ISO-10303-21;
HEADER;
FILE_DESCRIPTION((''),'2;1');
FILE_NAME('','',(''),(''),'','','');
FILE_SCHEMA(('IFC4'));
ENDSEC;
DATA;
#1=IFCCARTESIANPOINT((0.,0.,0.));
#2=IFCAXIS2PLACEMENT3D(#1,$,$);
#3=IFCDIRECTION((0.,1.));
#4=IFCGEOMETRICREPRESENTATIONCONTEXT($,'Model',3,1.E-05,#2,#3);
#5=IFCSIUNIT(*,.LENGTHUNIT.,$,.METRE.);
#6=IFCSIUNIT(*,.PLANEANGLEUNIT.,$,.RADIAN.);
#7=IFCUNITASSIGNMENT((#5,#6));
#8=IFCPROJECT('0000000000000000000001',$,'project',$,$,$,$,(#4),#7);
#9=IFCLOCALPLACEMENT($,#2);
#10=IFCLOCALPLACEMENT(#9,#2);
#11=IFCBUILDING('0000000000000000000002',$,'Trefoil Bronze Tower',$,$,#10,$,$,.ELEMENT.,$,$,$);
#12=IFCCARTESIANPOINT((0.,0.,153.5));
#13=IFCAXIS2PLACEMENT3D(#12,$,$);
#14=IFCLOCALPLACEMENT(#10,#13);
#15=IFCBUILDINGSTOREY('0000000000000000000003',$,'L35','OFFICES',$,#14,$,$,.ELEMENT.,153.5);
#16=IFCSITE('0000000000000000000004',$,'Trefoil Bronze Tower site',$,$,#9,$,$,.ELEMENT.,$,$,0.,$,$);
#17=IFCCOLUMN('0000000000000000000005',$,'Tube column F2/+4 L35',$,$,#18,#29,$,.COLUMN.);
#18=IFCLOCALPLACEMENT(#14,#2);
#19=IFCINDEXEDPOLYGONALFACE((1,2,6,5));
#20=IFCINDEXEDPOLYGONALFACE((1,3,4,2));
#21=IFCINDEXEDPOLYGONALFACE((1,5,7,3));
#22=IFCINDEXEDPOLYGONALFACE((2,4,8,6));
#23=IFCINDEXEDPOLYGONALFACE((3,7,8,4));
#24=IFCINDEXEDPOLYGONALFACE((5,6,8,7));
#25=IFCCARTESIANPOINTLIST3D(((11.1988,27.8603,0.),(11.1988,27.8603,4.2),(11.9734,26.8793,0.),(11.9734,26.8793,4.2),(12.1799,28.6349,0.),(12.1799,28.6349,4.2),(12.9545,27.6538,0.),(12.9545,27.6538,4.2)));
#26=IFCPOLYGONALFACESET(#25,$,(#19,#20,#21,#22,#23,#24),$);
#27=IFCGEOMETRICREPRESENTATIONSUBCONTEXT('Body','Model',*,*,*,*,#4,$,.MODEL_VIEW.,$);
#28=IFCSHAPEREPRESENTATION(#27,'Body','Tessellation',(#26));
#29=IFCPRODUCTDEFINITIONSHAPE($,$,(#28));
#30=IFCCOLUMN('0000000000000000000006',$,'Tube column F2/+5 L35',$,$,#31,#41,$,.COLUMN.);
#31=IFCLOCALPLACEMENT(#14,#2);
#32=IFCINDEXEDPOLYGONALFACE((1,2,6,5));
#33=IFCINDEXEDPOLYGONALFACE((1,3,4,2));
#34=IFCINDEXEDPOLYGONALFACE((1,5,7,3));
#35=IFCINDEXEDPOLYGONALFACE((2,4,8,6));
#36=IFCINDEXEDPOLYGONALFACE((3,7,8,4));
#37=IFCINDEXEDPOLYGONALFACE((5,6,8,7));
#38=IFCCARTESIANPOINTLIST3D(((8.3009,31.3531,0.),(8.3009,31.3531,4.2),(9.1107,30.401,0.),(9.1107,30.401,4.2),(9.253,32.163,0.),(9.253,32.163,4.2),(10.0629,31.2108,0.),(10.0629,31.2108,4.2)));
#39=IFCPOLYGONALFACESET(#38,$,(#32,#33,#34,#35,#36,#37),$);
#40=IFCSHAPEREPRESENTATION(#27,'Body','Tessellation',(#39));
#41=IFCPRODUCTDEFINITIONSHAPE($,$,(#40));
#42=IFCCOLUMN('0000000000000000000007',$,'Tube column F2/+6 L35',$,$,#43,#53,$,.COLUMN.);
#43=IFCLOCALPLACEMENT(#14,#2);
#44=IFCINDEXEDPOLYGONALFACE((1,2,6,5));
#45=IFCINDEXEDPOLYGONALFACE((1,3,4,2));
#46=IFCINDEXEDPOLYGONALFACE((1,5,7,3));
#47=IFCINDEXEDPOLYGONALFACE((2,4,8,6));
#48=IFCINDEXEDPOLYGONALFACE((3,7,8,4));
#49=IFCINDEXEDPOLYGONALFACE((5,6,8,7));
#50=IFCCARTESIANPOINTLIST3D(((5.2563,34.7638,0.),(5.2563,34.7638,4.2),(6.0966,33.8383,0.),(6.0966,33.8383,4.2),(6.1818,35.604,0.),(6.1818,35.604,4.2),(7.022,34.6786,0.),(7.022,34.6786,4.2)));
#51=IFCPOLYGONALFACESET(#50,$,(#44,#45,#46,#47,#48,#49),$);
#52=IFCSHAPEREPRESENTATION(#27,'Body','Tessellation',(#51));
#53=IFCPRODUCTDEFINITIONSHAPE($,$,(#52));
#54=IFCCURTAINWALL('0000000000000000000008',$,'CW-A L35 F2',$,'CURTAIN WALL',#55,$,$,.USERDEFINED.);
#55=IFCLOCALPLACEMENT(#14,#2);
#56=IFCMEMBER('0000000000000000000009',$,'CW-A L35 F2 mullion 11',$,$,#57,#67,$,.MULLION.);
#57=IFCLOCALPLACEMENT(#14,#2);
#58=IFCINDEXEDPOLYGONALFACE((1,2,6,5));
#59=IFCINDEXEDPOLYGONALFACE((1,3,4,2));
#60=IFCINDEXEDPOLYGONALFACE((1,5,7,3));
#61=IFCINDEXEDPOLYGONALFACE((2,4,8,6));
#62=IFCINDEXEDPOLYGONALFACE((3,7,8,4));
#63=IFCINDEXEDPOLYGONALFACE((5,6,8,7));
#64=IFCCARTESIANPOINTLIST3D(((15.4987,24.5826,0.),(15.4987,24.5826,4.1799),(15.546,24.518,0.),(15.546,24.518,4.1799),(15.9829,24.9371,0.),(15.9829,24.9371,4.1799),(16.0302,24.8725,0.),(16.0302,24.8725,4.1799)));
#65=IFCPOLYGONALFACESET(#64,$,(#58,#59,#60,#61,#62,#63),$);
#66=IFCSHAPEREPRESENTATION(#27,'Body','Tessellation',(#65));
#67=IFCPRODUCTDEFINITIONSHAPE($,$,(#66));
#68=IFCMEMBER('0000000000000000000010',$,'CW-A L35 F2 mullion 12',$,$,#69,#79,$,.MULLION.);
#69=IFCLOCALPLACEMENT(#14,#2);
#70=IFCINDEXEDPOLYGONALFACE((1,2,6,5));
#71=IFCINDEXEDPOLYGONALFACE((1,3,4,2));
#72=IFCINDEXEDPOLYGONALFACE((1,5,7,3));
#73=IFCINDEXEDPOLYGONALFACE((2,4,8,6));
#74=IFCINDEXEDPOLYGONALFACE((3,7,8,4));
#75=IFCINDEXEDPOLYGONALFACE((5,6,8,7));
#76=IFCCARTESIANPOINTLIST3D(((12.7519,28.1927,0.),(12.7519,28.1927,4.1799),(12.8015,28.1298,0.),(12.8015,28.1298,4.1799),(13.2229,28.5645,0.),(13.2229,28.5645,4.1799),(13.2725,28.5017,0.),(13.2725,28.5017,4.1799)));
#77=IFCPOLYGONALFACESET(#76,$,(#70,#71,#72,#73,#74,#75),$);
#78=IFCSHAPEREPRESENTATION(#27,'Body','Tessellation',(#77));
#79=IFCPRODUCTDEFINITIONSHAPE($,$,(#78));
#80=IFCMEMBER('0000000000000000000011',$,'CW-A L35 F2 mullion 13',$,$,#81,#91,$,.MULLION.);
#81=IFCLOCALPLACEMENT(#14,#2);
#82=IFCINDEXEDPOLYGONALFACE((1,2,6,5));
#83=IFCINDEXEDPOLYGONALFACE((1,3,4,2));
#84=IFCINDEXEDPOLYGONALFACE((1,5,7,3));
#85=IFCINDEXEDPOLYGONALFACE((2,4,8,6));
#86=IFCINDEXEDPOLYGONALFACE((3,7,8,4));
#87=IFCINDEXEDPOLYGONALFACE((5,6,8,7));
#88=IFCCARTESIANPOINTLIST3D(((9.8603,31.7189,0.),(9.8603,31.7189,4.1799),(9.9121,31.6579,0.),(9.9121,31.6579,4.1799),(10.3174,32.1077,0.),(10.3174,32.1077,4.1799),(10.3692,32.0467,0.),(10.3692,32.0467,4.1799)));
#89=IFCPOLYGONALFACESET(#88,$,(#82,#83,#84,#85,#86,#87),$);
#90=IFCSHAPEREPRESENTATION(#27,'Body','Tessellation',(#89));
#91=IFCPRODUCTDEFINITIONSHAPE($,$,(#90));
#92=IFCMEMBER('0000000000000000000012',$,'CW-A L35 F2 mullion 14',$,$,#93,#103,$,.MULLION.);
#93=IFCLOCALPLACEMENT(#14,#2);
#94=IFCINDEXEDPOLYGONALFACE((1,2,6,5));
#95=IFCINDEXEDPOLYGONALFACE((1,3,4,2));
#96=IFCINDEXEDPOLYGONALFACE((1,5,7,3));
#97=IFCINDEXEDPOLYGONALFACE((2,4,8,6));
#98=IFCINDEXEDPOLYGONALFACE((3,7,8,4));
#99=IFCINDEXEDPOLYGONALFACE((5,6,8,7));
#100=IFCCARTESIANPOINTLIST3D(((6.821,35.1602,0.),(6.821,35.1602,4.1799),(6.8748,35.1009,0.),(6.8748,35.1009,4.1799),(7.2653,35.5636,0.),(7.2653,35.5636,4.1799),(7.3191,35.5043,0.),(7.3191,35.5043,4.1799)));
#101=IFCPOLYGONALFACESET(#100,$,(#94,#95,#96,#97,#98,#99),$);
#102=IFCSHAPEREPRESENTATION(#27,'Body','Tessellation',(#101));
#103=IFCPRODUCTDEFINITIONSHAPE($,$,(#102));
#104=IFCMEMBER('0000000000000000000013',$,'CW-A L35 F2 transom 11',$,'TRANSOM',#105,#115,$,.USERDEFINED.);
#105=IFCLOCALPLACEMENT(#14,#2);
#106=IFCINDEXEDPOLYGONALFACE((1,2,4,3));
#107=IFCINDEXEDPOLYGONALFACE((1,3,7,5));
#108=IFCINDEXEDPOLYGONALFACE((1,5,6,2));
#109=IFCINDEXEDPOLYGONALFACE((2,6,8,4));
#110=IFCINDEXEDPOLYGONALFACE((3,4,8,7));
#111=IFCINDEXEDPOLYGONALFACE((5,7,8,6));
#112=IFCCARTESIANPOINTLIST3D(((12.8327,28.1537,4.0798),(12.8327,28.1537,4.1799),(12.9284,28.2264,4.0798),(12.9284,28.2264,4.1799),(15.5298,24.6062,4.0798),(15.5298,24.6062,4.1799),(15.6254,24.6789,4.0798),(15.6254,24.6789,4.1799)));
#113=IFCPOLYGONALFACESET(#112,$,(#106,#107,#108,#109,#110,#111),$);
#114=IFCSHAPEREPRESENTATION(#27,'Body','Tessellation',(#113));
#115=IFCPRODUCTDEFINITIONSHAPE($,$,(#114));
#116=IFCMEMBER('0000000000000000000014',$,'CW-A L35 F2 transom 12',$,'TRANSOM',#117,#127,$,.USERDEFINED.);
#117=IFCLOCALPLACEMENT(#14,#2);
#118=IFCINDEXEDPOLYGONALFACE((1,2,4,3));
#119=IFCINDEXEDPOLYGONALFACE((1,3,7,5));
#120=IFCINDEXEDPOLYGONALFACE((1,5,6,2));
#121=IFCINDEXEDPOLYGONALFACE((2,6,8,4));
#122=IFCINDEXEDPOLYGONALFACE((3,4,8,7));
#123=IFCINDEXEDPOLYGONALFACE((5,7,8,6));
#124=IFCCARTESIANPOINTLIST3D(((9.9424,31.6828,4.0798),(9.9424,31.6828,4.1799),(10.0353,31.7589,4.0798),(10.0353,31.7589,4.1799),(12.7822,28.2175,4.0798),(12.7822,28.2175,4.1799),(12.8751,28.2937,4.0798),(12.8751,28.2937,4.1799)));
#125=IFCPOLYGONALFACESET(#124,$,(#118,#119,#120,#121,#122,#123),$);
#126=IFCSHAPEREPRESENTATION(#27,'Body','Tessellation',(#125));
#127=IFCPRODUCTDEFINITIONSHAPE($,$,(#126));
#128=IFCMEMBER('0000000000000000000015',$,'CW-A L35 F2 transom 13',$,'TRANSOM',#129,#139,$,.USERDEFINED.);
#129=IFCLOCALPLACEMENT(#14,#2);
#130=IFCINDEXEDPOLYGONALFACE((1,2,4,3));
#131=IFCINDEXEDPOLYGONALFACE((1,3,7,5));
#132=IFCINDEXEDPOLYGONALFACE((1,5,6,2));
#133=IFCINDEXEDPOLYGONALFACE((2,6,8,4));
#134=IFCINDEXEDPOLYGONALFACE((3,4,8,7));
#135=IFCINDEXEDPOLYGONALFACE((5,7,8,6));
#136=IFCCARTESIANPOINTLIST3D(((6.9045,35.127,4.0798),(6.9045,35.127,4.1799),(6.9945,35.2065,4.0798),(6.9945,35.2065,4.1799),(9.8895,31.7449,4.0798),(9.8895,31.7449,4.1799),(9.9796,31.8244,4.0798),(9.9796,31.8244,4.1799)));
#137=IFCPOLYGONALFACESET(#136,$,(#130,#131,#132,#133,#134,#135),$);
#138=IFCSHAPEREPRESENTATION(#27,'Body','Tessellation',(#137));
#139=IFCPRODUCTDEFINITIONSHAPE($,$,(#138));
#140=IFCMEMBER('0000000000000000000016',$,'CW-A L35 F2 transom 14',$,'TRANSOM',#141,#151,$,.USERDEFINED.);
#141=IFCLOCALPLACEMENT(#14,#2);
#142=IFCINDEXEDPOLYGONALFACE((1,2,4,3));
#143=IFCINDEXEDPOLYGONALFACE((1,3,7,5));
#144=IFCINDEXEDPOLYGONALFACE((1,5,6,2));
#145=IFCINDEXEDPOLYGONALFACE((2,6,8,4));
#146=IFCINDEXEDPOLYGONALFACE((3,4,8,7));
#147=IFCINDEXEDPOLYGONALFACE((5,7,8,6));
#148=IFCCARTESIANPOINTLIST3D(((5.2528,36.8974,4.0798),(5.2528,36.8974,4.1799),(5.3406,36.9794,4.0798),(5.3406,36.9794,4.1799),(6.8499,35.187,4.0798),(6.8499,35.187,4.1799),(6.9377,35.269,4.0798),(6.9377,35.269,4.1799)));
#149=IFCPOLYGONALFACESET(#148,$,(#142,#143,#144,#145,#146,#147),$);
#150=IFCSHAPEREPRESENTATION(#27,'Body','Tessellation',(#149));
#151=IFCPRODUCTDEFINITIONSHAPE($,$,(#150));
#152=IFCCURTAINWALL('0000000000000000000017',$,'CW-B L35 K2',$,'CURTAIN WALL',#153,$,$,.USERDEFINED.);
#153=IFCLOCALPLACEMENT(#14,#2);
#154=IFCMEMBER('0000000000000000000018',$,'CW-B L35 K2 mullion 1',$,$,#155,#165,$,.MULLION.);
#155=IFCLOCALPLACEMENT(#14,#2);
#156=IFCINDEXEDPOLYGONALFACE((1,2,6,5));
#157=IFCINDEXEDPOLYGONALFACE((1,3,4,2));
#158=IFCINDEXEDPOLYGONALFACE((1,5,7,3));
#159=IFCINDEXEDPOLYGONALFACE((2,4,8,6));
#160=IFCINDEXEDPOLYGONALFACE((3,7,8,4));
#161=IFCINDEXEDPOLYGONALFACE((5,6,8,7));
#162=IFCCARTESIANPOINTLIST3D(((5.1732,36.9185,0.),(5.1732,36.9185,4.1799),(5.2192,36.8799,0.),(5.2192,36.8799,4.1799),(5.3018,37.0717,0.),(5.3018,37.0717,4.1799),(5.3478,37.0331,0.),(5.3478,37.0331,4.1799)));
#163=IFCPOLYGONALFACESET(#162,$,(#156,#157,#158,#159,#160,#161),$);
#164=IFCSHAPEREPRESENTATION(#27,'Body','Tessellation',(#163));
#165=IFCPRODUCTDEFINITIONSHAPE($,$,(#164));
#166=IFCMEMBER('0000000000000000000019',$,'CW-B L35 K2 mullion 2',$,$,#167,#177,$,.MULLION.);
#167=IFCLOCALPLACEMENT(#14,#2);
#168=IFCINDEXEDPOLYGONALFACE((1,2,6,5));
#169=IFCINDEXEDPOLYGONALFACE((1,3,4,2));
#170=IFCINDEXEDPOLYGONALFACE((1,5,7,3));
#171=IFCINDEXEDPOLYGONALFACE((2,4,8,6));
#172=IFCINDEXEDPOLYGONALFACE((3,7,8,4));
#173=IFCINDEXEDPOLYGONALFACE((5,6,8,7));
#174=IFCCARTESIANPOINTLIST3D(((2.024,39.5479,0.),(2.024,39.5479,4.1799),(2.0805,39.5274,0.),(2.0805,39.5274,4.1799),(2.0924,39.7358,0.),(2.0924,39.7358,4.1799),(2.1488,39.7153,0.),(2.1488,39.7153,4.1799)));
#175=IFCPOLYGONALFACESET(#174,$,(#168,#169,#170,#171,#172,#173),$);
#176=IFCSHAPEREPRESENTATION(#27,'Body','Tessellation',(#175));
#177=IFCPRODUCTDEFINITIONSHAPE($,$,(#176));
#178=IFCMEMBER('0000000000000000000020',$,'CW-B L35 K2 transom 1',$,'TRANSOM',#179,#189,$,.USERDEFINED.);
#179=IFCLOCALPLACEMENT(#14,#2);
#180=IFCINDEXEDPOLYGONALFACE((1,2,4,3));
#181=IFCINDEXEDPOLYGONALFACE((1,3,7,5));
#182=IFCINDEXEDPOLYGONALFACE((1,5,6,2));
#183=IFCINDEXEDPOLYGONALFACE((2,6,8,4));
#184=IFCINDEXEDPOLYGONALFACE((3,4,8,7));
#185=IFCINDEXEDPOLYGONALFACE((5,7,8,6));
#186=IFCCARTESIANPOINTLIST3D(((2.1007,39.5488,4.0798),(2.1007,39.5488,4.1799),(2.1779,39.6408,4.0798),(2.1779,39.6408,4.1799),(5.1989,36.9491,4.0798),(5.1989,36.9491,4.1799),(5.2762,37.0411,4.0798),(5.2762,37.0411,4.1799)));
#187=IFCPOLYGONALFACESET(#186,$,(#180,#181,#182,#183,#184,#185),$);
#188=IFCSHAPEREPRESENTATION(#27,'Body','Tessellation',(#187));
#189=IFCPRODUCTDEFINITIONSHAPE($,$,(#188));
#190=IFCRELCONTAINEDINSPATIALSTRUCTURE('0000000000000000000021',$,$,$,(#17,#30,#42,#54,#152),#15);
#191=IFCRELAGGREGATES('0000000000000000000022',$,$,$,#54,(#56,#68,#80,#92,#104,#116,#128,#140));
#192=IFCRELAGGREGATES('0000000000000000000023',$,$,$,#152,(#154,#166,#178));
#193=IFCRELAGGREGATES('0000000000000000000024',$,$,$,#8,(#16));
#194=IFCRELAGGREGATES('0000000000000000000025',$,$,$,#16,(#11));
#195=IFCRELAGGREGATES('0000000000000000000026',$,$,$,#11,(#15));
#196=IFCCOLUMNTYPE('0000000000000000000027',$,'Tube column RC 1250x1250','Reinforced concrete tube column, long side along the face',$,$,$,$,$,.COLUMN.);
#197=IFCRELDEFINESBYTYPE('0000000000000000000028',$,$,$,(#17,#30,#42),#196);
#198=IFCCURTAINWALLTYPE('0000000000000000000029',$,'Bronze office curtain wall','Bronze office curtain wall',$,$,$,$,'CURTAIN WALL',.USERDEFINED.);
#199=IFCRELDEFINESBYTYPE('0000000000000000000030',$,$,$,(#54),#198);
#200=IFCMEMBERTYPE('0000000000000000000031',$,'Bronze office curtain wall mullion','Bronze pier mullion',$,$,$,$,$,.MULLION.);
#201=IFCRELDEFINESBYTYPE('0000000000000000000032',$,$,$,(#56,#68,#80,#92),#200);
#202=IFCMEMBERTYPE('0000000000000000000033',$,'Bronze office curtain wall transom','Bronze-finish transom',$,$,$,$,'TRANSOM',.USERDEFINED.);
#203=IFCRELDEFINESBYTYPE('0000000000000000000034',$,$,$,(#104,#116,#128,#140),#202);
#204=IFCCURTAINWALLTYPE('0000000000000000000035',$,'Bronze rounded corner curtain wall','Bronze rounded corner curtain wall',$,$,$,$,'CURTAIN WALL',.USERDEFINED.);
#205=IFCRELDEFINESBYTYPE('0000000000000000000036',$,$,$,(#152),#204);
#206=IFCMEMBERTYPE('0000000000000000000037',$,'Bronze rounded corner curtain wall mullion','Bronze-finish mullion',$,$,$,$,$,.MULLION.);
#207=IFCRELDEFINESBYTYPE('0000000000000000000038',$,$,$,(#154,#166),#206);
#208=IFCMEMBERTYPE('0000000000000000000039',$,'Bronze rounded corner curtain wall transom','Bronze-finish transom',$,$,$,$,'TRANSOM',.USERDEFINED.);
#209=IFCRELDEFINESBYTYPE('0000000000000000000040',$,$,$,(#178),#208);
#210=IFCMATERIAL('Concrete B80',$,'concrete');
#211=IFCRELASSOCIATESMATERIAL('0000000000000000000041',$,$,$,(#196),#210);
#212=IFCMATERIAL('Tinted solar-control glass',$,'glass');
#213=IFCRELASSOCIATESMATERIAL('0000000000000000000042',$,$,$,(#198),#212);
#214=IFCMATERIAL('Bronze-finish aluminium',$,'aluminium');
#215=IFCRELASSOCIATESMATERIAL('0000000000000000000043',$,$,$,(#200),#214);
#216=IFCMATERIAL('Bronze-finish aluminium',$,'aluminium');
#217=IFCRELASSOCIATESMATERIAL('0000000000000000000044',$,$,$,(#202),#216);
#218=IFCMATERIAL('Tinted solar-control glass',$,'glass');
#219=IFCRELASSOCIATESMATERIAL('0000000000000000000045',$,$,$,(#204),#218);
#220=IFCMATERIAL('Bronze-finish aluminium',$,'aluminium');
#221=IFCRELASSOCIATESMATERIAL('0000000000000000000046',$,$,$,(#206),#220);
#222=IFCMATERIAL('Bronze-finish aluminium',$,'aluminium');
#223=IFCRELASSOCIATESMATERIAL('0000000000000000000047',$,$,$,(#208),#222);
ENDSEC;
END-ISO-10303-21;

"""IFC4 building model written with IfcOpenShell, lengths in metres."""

from ifc_helpers import new_model, si_unit, direction, frame, origin, origin_2d, place, context, subcontext, project, spatial, rectangle, extrude, material, material_profile, profile_set, type_object, element, aggregate, save


model = new_model("IFC4")

# Units and contexts
model_context = context("Model", 3, precision=1e-05, world=origin(), true_north=direction((0.0, 1.0)))
body_context = subcontext(model_context, "Body", "Model", "MODEL_VIEW")
ifc_project = project(units=[si_unit("LENGTHUNIT", "METRE"), si_unit("PLANEANGLEUNIT", "RADIAN")], contexts=[model_context])

# Site, building, storey
site_placement = place(None, origin())
site = spatial("IfcSite", under=ifc_project, at=site_placement, Name="Trefoil Bronze Tower site", CompositionType="ELEMENT", RefElevation=0.0)
building_placement = place(site_placement, origin())
building = spatial("IfcBuilding", under=site, at=building_placement, Name="Trefoil Bronze Tower", CompositionType="ELEMENT")
storey_placement = place(building_placement, frame((0.0, 0.0, 153.5)))
storey = spatial("IfcBuildingStorey", under=building, at=storey_placement, Name="L35", Description="OFFICES", CompositionType="ELEMENT", Elevation=153.5)

# Columns
ifc_material_1 = material(Name="Concrete B80", Category="concrete")
ifc_material_profile_1 = material_profile(ifc_material_1, rectangle(XDim=1.25, YDim=1.25, at=origin_2d()), Name="RC 1250x1250")
ifc_profile_set_1 = profile_set([ifc_material_profile_1], Name="Concrete B80")
column_type = type_object("IfcColumnType", Name="Tube column RC 1250x1250", Description="Reinforced concrete tube column, long side along the face", PredefinedType="COLUMN", material=ifc_profile_set_1)
for number, where, z_axis, x_axis, name in (
    (1, (12.0767, 27.7571, 0.0), (0.0, 0.0, 1.0), (-0.619649, 0.784879, 0.0), "Tube column F2/+4 L35"),
    (2, (9.1819, 31.282, 0.0), (0.0, 0.0, 1.0), (-0.647904, 0.761722, 0.0), "Tube column F2/+5 L35"),
    (3, (6.1392, 34.7212, 0.0), (0.0, 0.0, 1.0), (-0.67221, 0.740361, 0.0), "Tube column F2/+6 L35"),
):
    element("IfcColumn", number, at=place(storey_placement, frame(where, z_axis=z_axis, x_axis=x_axis)), inside=storey, type_object=column_type, Name=name, PredefinedType="COLUMN", context=body_context, shape_type="SweptSolid", body=[
        extrude(rectangle(XDim=1.25, YDim=1.25, at=origin_2d()), origin(), (0.0, 0.0, 1.0), 4.2),
    ])

# Curtain walls, members
ifc_material_2 = material(Name="Tinted solar-control glass", Category="glass")
curtain_wall_type_1 = type_object("IfcCurtainWallType", Name="Bronze office curtain wall", Description="Bronze office curtain wall", ElementType="CURTAIN WALL", PredefinedType="USERDEFINED", material=ifc_material_2)
curtain_wall_1_placement = place(storey_placement, origin())
curtain_wall_1 = element("IfcCurtainWall", 4, at=curtain_wall_1_placement, inside=storey, type_object=curtain_wall_type_1, Name="CW-A L35 F2", ObjectType="CURTAIN WALL", PredefinedType="USERDEFINED")
ifc_material_3 = material(Name="Bronze-finish aluminium", Category="aluminium")
ifc_material_profile_2 = material_profile(ifc_material_3, rectangle(XDim=0.6001, YDim=0.0801, at=origin_2d()), Name="CW-A mullion")
ifc_profile_set_2 = profile_set([ifc_material_profile_2], Name="Bronze-finish aluminium")
member_type_1 = type_object("IfcMemberType", Name="Bronze office curtain wall mullion", Description="Bronze pier mullion", PredefinedType="MULLION", material=ifc_profile_set_2)
member_1_placement = place(storey_placement, frame((15.7644, 24.7275, 0.0), z_axis=(0.0, 0.0, 1.0), x_axis=(-0.806875, -0.590723, 0.0)))
member_1 = element("IfcMember", 5, at=member_1_placement, type_object=member_type_1, Name="CW-A L35 F2 mullion 11", PredefinedType="MULLION", context=body_context, shape_type="SweptSolid", body=[
    extrude(rectangle(XDim=0.6001, YDim=0.0801, at=origin_2d()), origin(), (0.0, 0.0, 1.0), 4.1799),
])
member_2_placement = place(storey_placement, frame((13.0122, 28.3472, 0.0), z_axis=(0.0, 0.0, 1.0), x_axis=(-0.784879, -0.619649, 0.0)))
member_2 = element("IfcMember", 6, at=member_2_placement, type_object=member_type_1, Name="CW-A L35 F2 mullion 12", PredefinedType="MULLION", context=body_context, shape_type="SweptSolid", body=[
    extrude(rectangle(XDim=0.6001, YDim=0.0801, at=origin_2d()), origin(), (0.0, 0.0, 1.0), 4.1799),
])
member_3_placement = place(storey_placement, frame((10.1147, 31.8828, 0.0), z_axis=(0.0, 0.0, 1.0), x_axis=(-0.761722, -0.647904, 0.0)))
member_3 = element("IfcMember", 7, at=member_3_placement, type_object=member_type_1, Name="CW-A L35 F2 mullion 13", PredefinedType="MULLION", context=body_context, shape_type="SweptSolid", body=[
    extrude(rectangle(XDim=0.6001, YDim=0.0801, at=origin_2d()), origin(), (0.0, 0.0, 1.0), 4.1799),
])
member_4_placement = place(storey_placement, frame((7.0701, 35.3323, 0.0), z_axis=(0.0, 0.0, 1.0), x_axis=(-0.740361, -0.67221, 0.0)))
member_4 = element("IfcMember", 8, at=member_4_placement, type_object=member_type_1, Name="CW-A L35 F2 mullion 14", PredefinedType="MULLION", context=body_context, shape_type="SweptSolid", body=[
    extrude(rectangle(XDim=0.6001, YDim=0.0801, at=origin_2d()), origin(), (0.0, 0.0, 1.0), 4.1799),
])
ifc_material_4 = material(Name="Bronze-finish aluminium", Category="aluminium")
ifc_material_profile_3 = material_profile(ifc_material_4, rectangle(XDim=0.1201, YDim=0.1001, at=origin_2d()), Name="CW-A transom")
ifc_profile_set_3 = profile_set([ifc_material_profile_3], Name="Bronze-finish aluminium")
member_type_2 = type_object("IfcMemberType", Name="Bronze office curtain wall transom", Description="Bronze-finish transom", ElementType="TRANSOM", PredefinedType="USERDEFINED", material=ifc_profile_set_3)
member_5_placement = place(storey_placement, frame((15.5776, 24.6426, 4.1299), z_axis=(-0.605229, 0.796051, 0.0), x_axis=(-0.796051, -0.605229, 0.0)))
member_5 = element("IfcMember", 9, at=member_5_placement, type_object=member_type_2, Name="CW-A L35 F2 transom 11", ObjectType="TRANSOM", PredefinedType="USERDEFINED", context=body_context, shape_type="SweptSolid", body=[
    extrude(rectangle(XDim=0.1201, YDim=0.1001, at=origin_2d()), origin(), (0.0, 0.0, 1.0), 4.4563),
])
member_6_placement = place(storey_placement, frame((12.8286, 28.2556, 4.1299), z_axis=(-0.633849, 0.773457, 0.0), x_axis=(-0.773457, -0.633849, 0.0)))
member_6 = element("IfcMember", 10, at=member_6_placement, type_object=member_type_2, Name="CW-A L35 F2 transom 12", ObjectType="TRANSOM", PredefinedType="USERDEFINED", context=body_context, shape_type="SweptSolid", body=[
    extrude(rectangle(XDim=0.1201, YDim=0.1001, at=origin_2d()), origin(), (0.0, 0.0, 1.0), 4.4802),
])
member_7_placement = place(storey_placement, frame((9.9346, 31.7847, 4.1299), z_axis=(-0.661736, 0.749737, 0.0), x_axis=(-0.749737, -0.661736, 0.0)))
member_7 = element("IfcMember", 11, at=member_7_placement, type_object=member_type_2, Name="CW-A L35 F2 transom 13", ObjectType="TRANSOM", PredefinedType="USERDEFINED", context=body_context, shape_type="SweptSolid", body=[
    extrude(rectangle(XDim=0.1201, YDim=0.1001, at=origin_2d()), origin(), (0.0, 0.0, 1.0), 4.511),
])
member_8_placement = place(storey_placement, frame((6.8938, 35.228, 4.1299), z_axis=(-0.682489, 0.730896, 0.0), x_axis=(-0.730896, -0.682489, 0.0)))
member_8 = element("IfcMember", 12, at=member_8_placement, type_object=member_type_2, Name="CW-A L35 F2 transom 14", ObjectType="TRANSOM", PredefinedType="USERDEFINED", context=body_context, shape_type="SweptSolid", body=[
    extrude(rectangle(XDim=0.1201, YDim=0.1001, at=origin_2d()), origin(), (0.0, 0.0, 1.0), 2.3401),
])
ifc_material_5 = material(Name="Tinted solar-control glass", Category="glass")
curtain_wall_type_2 = type_object("IfcCurtainWallType", Name="Bronze rounded corner curtain wall", Description="Bronze rounded corner curtain wall", ElementType="CURTAIN WALL", PredefinedType="USERDEFINED", material=ifc_material_5)
curtain_wall_2_placement = place(storey_placement, origin())
curtain_wall_2 = element("IfcCurtainWall", 13, at=curtain_wall_2_placement, inside=storey, type_object=curtain_wall_type_2, Name="CW-B L35 K2", ObjectType="CURTAIN WALL", PredefinedType="USERDEFINED")
ifc_material_6 = material(Name="Bronze-finish aluminium", Category="aluminium")
ifc_material_profile_4 = material_profile(ifc_material_6, rectangle(XDim=0.2, YDim=0.0601, at=origin_2d()), Name="CW-B mullion")
ifc_profile_set_4 = profile_set([ifc_material_profile_4], Name="Bronze-finish aluminium")
member_type_3 = type_object("IfcMemberType", Name="Bronze rounded corner curtain wall mullion", Description="Bronze-finish mullion", PredefinedType="MULLION", material=ifc_profile_set_4)
member_9_placement = place(storey_placement, frame((5.2605, 36.9758, 0.0), z_axis=(0.0, 0.0, 1.0), x_axis=(-0.642788, -0.766044, 0.0)))
member_9 = element("IfcMember", 14, at=member_9_placement, type_object=member_type_3, Name="CW-B L35 K2 mullion 1", PredefinedType="MULLION", context=body_context, shape_type="SweptSolid", body=[
    extrude(rectangle(XDim=0.2, YDim=0.0601, at=origin_2d()), origin(), (0.0, 0.0, 1.0), 4.1799),
])
member_10_placement = place(storey_placement, frame((2.0864, 39.6316, 0.0), z_axis=(0.0, 0.0, 1.0), x_axis=(-0.34202, -0.939693, 0.0)))
member_10 = element("IfcMember", 15, at=member_10_placement, type_object=member_type_3, Name="CW-B L35 K2 mullion 2", PredefinedType="MULLION", context=body_context, shape_type="SweptSolid", body=[
    extrude(rectangle(XDim=0.2, YDim=0.0601, at=origin_2d()), origin(), (0.0, 0.0, 1.0), 4.1799),
])
ifc_material_7 = material(Name="Bronze-finish aluminium", Category="aluminium")
ifc_material_profile_5 = material_profile(ifc_material_7, rectangle(XDim=0.1201, YDim=0.1001, at=origin_2d()), Name="CW-B transom")
ifc_profile_set_5 = profile_set([ifc_material_profile_5], Name="Bronze-finish aluminium")
member_type_4 = type_object("IfcMemberType", Name="Bronze rounded corner curtain wall transom", Description="Bronze-finish transom", ElementType="TRANSOM", PredefinedType="USERDEFINED", material=ifc_profile_set_5)
member_11_placement = place(storey_placement, frame((5.2375, 36.9951, 4.1299), z_axis=(-0.76605, 0.642781, 0.0), x_axis=(-0.642781, -0.76605, 0.0)))
member_11 = element("IfcMember", 16, at=member_11_placement, type_object=member_type_4, Name="CW-B L35 K2 transom 1", ObjectType="TRANSOM", PredefinedType="USERDEFINED", context=body_context, shape_type="SweptSolid", body=[
    extrude(rectangle(XDim=0.1201, YDim=0.1001, at=origin_2d()), origin(), (0.0, 0.0, 1.0), 4.0444),
])

aggregate(curtain_wall_1, [member_1, member_2, member_3, member_4, member_5, member_6, member_7, member_8])
aggregate(curtain_wall_2, [member_9, member_10, member_11])

save(model, "model.ifc")
